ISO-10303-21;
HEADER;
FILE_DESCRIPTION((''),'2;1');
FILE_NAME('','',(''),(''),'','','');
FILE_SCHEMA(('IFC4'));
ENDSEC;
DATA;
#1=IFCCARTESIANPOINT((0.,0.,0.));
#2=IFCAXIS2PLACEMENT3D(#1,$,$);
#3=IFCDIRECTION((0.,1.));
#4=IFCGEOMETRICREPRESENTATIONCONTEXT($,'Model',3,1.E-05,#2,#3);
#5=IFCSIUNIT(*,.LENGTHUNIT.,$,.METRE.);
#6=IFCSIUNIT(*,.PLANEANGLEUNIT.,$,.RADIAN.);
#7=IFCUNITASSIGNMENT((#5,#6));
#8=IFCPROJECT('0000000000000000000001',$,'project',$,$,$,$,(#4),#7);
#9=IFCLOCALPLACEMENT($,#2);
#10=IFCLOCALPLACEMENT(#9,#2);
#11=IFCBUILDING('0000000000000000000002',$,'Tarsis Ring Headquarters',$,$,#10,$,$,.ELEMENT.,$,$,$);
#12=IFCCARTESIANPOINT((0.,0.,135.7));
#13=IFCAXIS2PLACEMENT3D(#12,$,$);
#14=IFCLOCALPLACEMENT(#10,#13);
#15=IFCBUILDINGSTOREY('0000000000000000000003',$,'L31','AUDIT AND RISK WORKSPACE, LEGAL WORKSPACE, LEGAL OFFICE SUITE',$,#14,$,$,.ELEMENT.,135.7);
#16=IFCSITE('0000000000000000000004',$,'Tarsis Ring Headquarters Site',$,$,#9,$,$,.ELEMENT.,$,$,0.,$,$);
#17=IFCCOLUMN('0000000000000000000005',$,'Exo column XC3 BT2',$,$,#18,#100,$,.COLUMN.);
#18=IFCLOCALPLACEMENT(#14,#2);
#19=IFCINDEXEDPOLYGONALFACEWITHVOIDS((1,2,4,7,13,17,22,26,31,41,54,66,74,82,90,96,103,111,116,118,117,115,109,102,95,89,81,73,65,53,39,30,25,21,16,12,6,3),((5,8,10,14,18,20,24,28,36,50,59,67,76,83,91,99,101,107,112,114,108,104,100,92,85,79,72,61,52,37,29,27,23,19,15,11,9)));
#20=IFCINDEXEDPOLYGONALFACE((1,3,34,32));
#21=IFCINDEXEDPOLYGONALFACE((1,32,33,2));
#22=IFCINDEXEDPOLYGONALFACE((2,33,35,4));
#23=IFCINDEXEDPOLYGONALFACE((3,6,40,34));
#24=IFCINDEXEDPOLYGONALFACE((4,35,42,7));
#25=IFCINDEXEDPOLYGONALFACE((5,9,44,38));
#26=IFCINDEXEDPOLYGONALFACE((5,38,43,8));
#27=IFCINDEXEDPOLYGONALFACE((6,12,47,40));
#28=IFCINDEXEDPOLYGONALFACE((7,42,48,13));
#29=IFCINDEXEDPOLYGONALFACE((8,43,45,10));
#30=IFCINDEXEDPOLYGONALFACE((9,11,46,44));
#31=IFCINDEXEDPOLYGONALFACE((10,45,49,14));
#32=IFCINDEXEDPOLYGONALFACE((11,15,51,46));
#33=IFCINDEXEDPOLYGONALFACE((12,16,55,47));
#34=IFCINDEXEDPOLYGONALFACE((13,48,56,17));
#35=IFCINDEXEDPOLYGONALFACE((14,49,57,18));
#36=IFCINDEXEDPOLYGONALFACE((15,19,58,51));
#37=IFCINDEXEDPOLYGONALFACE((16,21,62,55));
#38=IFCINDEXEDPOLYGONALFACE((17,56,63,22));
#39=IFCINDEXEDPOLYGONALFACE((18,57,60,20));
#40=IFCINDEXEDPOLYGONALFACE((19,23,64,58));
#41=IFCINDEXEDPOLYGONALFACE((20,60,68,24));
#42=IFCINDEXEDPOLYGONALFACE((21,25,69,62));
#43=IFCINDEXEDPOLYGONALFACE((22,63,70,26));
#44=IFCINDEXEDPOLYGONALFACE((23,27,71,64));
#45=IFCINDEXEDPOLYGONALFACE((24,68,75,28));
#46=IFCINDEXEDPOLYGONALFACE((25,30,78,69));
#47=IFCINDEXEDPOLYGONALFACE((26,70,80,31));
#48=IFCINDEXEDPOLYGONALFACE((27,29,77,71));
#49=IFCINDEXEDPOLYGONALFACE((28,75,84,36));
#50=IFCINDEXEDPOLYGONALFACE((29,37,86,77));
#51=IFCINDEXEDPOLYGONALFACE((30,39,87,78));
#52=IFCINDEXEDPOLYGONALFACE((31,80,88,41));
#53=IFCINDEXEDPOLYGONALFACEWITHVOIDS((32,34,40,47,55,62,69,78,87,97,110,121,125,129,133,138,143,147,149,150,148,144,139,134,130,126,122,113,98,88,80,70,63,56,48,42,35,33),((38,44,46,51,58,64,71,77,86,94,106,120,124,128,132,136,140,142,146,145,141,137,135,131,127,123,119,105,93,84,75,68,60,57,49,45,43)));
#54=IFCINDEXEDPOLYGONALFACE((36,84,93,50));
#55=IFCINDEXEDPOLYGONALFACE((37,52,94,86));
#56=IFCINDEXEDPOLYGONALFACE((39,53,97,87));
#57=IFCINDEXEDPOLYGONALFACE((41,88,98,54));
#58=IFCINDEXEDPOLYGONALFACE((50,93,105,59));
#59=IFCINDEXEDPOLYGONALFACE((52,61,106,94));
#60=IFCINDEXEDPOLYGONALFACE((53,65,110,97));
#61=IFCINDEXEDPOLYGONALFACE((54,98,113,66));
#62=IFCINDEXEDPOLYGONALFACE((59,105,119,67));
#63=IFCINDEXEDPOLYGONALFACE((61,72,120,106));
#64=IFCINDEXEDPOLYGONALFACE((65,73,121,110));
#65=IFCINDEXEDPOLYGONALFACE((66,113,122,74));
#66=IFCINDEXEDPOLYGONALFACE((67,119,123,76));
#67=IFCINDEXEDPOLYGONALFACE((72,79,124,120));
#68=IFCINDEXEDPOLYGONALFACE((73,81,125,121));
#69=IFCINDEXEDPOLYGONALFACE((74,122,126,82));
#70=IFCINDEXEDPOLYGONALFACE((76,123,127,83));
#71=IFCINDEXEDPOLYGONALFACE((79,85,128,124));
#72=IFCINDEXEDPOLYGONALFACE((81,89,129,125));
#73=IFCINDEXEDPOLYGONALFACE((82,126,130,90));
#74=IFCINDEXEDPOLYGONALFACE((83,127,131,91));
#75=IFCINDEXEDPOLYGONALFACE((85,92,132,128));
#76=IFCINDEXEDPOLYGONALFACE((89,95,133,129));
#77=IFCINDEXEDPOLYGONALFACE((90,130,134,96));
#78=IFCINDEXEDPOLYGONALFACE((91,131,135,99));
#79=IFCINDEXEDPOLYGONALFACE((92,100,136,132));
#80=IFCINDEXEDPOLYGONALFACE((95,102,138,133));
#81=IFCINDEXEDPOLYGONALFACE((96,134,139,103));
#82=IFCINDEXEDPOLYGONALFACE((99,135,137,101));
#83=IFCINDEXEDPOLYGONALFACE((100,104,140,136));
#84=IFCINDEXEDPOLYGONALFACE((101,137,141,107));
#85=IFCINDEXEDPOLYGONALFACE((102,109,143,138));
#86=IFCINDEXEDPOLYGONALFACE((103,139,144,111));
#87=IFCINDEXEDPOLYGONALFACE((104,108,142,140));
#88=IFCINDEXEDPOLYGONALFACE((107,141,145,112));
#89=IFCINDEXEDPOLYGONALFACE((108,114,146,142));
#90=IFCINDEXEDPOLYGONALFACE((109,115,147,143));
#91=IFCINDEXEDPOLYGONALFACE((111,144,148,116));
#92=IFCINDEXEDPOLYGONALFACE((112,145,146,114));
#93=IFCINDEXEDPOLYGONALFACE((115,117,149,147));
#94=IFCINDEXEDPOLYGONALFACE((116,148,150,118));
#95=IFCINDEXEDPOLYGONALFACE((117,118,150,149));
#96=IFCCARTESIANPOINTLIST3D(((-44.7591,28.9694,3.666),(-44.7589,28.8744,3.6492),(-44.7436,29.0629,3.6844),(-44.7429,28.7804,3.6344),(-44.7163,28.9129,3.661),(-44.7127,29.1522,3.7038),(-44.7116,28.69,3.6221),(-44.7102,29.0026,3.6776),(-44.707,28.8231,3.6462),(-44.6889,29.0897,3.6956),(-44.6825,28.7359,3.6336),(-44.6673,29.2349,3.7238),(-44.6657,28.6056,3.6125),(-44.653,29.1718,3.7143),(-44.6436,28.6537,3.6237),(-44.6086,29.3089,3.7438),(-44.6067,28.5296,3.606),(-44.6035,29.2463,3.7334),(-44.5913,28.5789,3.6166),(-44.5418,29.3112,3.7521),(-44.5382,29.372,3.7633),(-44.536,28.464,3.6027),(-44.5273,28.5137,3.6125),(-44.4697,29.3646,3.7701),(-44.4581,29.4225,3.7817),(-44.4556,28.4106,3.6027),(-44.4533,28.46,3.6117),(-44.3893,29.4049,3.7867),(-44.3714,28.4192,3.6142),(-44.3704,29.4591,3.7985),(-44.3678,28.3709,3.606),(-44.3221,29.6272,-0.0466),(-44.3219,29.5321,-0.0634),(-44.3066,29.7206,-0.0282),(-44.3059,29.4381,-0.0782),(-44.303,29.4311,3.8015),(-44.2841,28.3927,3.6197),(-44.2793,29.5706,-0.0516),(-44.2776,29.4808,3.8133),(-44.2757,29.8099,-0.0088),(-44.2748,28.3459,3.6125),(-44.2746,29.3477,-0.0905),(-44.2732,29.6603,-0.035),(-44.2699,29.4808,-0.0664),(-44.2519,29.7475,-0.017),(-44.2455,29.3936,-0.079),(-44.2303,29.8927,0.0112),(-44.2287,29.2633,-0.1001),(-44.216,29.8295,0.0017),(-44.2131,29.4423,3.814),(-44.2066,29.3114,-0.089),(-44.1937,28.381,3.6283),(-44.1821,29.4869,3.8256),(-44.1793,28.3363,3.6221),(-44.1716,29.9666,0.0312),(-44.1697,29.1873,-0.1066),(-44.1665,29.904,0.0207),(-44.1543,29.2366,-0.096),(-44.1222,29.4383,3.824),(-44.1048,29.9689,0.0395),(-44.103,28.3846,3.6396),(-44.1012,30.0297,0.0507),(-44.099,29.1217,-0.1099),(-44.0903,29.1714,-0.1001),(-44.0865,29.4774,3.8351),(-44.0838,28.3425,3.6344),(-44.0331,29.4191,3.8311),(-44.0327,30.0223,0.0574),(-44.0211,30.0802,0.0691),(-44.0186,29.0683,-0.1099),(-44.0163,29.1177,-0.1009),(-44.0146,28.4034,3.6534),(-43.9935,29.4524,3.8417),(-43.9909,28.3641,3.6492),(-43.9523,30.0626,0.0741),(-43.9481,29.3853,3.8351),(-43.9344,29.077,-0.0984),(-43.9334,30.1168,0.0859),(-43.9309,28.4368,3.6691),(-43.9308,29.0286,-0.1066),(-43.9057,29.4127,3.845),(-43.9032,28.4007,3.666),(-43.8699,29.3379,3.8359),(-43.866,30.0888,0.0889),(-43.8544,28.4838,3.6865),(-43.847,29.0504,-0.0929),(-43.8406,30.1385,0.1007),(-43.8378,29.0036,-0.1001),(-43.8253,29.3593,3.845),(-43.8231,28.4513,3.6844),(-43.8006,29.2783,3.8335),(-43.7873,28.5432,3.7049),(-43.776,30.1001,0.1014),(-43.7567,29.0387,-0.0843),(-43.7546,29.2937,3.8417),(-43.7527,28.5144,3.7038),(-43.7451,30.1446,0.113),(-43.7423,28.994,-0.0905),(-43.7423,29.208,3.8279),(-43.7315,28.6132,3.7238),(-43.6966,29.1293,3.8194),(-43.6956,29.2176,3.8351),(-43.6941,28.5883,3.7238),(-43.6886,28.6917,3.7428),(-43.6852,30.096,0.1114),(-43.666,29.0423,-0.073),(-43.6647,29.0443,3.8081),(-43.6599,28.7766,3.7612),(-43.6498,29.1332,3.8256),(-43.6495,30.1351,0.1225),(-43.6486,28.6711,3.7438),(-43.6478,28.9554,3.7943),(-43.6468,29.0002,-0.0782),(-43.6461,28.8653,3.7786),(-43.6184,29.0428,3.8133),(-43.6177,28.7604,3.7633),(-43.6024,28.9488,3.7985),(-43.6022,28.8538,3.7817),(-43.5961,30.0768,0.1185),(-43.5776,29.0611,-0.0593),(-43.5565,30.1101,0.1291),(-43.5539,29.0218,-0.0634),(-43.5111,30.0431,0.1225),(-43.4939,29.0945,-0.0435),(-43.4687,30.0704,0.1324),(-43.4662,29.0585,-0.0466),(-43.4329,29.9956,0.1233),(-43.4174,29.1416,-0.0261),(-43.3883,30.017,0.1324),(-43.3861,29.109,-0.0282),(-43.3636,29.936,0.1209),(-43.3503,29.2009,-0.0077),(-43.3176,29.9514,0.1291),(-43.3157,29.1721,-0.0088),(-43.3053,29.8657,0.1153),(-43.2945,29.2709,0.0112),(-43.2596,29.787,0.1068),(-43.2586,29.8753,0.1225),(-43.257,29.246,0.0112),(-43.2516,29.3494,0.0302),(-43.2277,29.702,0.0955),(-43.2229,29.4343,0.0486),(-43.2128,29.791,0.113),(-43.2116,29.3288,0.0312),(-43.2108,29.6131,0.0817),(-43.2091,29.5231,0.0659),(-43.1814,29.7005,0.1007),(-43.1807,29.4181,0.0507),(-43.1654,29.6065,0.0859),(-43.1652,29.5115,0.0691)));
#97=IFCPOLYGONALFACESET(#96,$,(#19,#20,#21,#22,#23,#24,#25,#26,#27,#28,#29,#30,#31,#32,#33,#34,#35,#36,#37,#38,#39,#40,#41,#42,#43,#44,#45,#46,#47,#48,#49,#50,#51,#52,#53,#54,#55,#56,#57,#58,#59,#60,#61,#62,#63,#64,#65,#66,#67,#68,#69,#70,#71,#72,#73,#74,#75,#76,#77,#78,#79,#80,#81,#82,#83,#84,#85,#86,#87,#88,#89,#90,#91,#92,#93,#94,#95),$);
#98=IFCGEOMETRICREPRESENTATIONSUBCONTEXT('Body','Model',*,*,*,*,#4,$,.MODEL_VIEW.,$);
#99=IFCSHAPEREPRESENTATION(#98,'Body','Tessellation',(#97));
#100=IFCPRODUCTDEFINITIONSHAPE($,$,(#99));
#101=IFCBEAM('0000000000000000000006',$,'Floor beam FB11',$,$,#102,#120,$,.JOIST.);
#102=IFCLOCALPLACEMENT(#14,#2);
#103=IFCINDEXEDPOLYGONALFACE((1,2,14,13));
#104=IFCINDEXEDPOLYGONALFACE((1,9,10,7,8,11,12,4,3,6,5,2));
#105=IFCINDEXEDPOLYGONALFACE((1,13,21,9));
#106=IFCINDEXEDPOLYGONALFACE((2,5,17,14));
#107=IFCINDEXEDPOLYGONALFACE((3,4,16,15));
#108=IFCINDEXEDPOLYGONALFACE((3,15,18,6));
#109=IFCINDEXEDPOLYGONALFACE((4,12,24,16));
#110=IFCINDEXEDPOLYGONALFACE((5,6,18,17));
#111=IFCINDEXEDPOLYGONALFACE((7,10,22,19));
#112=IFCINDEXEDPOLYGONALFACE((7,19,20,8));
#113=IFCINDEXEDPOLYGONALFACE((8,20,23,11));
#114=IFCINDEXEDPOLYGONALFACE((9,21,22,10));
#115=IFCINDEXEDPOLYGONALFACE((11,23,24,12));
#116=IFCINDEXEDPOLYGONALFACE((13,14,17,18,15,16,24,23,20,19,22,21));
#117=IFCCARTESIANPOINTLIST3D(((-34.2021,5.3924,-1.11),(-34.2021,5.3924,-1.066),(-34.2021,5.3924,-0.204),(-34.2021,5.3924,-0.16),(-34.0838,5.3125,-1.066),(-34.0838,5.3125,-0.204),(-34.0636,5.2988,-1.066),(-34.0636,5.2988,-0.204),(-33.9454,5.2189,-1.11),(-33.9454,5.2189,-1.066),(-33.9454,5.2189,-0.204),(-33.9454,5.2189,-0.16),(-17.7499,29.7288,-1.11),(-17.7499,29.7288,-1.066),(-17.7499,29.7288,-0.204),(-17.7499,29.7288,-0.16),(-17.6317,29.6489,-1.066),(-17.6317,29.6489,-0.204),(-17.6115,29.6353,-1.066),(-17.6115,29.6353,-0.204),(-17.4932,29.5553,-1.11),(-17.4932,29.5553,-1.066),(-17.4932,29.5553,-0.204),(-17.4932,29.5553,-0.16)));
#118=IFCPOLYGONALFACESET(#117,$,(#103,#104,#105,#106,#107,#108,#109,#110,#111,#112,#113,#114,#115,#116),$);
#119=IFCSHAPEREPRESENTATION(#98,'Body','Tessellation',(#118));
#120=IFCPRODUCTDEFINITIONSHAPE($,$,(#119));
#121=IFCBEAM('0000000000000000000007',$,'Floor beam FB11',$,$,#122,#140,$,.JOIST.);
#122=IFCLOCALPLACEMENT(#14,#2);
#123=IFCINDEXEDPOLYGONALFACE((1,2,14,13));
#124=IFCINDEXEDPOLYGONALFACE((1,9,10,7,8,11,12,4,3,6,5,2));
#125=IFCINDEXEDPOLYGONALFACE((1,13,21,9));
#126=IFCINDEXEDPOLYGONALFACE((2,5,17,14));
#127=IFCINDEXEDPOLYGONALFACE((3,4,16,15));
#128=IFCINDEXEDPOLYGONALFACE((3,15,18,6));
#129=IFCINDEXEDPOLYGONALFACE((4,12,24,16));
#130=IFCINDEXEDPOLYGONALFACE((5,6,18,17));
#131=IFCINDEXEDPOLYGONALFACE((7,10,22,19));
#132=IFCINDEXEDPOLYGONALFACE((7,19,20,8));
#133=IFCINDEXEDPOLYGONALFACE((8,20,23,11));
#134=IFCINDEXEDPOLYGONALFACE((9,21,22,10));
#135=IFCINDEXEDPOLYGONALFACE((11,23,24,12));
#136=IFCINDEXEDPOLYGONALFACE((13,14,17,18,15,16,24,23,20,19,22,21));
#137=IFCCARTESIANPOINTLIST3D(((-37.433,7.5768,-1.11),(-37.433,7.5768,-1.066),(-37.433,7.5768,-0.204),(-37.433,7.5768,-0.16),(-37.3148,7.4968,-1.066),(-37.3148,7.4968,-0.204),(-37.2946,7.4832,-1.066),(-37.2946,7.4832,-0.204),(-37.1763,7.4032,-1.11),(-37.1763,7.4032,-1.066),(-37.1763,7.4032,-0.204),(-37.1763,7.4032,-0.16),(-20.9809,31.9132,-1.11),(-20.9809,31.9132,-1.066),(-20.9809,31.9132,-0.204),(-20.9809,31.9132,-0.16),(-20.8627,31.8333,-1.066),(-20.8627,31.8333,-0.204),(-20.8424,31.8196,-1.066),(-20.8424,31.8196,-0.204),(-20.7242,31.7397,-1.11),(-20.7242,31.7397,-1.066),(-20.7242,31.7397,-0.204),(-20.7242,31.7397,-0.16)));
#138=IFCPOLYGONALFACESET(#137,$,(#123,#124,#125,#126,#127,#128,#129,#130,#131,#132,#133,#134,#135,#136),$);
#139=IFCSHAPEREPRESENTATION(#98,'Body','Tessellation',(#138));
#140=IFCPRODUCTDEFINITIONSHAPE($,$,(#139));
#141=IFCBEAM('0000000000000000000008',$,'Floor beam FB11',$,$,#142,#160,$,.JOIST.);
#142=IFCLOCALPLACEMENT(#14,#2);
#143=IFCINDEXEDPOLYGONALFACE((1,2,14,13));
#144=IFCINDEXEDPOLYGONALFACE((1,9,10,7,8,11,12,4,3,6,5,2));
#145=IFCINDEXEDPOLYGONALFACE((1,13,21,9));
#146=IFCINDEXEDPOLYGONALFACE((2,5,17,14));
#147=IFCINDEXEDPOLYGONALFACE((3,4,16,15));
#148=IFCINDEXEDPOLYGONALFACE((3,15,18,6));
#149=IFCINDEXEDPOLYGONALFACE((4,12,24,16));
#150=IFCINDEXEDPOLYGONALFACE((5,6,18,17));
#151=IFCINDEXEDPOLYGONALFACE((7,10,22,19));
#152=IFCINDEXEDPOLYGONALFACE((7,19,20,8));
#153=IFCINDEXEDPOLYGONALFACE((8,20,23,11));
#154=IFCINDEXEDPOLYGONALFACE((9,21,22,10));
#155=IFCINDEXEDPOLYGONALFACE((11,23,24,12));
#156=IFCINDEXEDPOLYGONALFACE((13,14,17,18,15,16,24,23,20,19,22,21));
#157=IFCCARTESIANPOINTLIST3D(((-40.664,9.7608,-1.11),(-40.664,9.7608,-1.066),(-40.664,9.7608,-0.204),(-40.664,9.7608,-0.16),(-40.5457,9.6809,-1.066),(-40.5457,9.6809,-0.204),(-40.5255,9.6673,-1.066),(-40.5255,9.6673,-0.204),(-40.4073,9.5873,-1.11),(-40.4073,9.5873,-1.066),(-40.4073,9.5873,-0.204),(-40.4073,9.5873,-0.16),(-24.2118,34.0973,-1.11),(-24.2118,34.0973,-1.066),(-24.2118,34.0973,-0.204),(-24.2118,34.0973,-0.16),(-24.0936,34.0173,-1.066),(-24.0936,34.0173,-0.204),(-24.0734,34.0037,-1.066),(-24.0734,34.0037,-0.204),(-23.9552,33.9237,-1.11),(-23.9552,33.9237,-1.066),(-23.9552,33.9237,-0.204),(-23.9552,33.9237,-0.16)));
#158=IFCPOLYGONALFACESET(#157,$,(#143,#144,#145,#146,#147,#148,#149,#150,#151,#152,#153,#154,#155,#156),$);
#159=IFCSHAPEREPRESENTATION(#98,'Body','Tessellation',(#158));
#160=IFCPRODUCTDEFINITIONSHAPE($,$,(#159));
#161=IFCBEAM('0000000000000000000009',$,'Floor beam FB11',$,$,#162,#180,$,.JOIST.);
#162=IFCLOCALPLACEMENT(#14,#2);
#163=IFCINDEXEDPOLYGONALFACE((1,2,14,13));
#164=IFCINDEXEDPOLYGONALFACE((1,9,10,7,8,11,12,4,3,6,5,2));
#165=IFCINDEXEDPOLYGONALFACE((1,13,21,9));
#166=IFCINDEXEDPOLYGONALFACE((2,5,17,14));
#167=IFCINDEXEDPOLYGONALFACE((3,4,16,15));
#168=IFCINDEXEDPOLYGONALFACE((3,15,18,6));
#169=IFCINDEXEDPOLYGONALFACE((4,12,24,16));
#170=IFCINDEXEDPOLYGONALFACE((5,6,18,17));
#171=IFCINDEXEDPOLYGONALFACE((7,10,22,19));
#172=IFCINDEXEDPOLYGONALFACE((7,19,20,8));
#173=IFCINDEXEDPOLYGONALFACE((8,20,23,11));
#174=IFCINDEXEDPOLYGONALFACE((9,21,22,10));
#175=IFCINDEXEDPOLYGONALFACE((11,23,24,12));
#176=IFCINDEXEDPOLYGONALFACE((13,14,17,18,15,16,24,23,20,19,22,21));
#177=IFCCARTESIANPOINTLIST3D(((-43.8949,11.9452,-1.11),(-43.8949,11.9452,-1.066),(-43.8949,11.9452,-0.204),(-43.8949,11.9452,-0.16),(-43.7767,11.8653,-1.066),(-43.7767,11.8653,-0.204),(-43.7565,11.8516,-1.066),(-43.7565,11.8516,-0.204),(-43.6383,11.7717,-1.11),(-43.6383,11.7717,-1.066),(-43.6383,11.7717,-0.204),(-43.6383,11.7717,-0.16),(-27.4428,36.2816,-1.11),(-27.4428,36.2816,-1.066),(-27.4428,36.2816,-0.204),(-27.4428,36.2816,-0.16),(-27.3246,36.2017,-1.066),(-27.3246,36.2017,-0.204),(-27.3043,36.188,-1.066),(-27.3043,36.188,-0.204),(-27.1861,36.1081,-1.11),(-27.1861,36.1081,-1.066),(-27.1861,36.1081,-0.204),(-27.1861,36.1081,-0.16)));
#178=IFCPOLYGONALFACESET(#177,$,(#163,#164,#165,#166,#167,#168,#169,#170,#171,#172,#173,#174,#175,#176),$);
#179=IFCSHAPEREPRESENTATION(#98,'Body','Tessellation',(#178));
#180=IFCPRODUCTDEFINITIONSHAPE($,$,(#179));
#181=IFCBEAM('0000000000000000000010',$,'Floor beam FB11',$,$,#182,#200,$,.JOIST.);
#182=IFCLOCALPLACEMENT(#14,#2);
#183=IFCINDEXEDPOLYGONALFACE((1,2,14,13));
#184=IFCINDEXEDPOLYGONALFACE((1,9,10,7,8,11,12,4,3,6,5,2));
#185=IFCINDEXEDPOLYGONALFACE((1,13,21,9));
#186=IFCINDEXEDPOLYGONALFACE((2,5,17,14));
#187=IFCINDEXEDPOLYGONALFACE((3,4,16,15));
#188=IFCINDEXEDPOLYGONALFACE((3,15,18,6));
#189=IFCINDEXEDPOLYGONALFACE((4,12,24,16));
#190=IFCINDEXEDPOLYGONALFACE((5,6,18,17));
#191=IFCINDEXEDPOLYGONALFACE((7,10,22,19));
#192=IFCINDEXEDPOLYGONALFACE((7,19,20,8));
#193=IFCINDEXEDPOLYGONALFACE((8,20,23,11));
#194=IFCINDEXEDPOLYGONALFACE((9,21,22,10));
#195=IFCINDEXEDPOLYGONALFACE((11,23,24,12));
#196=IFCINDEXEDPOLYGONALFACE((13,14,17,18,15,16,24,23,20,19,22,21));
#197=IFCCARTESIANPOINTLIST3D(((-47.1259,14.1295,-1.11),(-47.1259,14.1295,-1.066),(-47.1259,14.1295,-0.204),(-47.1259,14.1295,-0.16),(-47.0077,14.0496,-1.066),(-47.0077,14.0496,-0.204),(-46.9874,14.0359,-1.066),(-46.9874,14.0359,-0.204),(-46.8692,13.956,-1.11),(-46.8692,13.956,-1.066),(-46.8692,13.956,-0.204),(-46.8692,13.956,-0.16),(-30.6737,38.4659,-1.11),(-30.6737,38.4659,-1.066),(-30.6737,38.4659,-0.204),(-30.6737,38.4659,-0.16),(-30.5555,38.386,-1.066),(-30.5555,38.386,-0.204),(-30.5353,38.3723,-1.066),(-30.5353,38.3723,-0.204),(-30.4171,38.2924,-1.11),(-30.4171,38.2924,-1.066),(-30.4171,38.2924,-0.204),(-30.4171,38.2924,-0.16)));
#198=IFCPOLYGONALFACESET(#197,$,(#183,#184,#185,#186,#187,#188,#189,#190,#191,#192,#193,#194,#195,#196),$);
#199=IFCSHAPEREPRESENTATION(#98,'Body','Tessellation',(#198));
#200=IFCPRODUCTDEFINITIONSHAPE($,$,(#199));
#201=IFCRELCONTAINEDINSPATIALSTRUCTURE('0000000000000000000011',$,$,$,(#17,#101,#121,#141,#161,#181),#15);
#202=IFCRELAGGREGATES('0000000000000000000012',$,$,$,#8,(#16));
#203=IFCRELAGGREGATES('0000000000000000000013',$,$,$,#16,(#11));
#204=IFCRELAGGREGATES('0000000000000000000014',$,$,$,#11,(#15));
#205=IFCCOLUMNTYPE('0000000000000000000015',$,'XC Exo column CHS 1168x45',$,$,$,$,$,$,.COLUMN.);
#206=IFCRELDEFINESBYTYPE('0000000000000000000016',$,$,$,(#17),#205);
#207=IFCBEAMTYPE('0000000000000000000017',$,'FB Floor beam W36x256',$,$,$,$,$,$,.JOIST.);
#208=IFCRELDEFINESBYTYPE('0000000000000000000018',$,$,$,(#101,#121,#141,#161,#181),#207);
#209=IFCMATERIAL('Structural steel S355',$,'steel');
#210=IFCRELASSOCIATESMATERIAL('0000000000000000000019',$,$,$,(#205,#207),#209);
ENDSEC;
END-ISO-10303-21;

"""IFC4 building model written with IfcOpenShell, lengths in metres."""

from ifc_helpers import new_model, si_unit, direction, frame, origin, origin_2d, place, context, subcontext, project, spatial, hollow_circle, i_section, extrude, material, material_profile, profile_set, type_object, element, save


model = new_model("IFC4")

# Units and contexts
model_context = context("Model", 3, precision=1e-05, world=origin(), true_north=direction((0.0, 1.0)))
body_context = subcontext(model_context, "Body", "Model", "MODEL_VIEW")
ifc_project = project(units=[si_unit("LENGTHUNIT", "METRE"), si_unit("PLANEANGLEUNIT", "RADIAN")], contexts=[model_context])

# Site, building, storey
site_placement = place(None, origin())
site = spatial("IfcSite", under=ifc_project, at=site_placement, Name="Tarsis Ring Headquarters Site", CompositionType="ELEMENT", RefElevation=0.0)
building_placement = place(site_placement, origin())
building = spatial("IfcBuilding", under=site, at=building_placement, Name="Tarsis Ring Headquarters", CompositionType="ELEMENT")
storey_placement = place(building_placement, frame((0.0, 0.0, 135.7)))
storey = spatial("IfcBuildingStorey", under=building, at=storey_placement, Name="L31", Description="AUDIT AND RISK WORKSPACE, LEGAL WORKSPACE, LEGAL OFFICE SUITE", CompositionType="ELEMENT", Elevation=135.7)

# Column
ifc_material_1 = material(Name="Structural steel S355", Category="steel")
ifc_material_profile_1 = material_profile(ifc_material_1, hollow_circle(Radius=0.5842, WallThickness=0.0449, at=origin_2d()), Name="CHS 1168x45")
ifc_profile_set_1 = profile_set([ifc_material_profile_1], Name="Structural steel S355")
column_type = type_object("IfcColumnType", Name="XC Exo column CHS 1168x45", PredefinedType="COLUMN", material=ifc_profile_set_1)
column_1_placement = place(storey_placement, frame((-43.7437, 29.5693, 0.0112), z_axis=(-0.115133, -0.173279, 0.97812), x_axis=(0.832905, -0.553415, 0.0)))
element("IfcColumn", 1, at=column_1_placement, inside=storey, type_object=column_type, Name="Exo column XC3 BT2", PredefinedType="COLUMN", context=body_context, shape_type="SweptSolid", body=[
    extrude(hollow_circle(Radius=0.5842, WallThickness=0.0449, at=origin_2d()), origin(), (0.0, 0.0, 1.0), 3.7957),
])

# Beams
ifc_material_profile_2 = material_profile(ifc_material_1, i_section(OverallWidth=0.3098, OverallDepth=0.95, WebThickness=0.0244, FlangeThickness=0.0439, at=origin_2d()), Name="W36x256")
ifc_profile_set_2 = profile_set([ifc_material_profile_2], Name="Structural steel S355")
beam_type_1 = type_object("IfcBeamType", Name="FB Floor beam W36x256", PredefinedType="JOIST", material=ifc_profile_set_2)
for number, where, z_axis, x_axis, name in (
    (2, (-17.6216, 29.6421, -0.635), (-0.560059, -0.828453, 0.0), (0.828453, -0.560059, 0.0), "Floor beam FB11"),
    (3, (-20.8525, 31.8264, -0.635), (-0.560059, -0.828453, 0.0), (0.828453, -0.560059, 0.0), "Floor beam FB11"),
    (4, (-24.0835, 34.0105, -0.635), (-0.560059, -0.828453, 0.0), (0.828453, -0.560059, 0.0), "Floor beam FB11"),
    (5, (-27.3145, 36.1948, -0.635), (-0.560059, -0.828453, 0.0), (0.828453, -0.560059, 0.0), "Floor beam FB11"),
    (6, (-30.5454, 38.3792, -0.635), (-0.560059, -0.828453, 0.0), (0.828453, -0.560059, 0.0), "Floor beam FB11"),
):
    element("IfcBeam", number, at=place(storey_placement, frame(where, z_axis=z_axis, x_axis=x_axis)), inside=storey, type_object=beam_type_1, Name=name, PredefinedType="JOIST", context=body_context, shape_type="SweptSolid", body=[
        extrude(i_section(OverallWidth=0.3098, OverallDepth=0.95, WebThickness=0.0244, FlangeThickness=0.0439, at=origin_2d()), origin(), (0.0, 0.0, 1.0), 29.3757),
    ])

save(model, "model.ifc")
